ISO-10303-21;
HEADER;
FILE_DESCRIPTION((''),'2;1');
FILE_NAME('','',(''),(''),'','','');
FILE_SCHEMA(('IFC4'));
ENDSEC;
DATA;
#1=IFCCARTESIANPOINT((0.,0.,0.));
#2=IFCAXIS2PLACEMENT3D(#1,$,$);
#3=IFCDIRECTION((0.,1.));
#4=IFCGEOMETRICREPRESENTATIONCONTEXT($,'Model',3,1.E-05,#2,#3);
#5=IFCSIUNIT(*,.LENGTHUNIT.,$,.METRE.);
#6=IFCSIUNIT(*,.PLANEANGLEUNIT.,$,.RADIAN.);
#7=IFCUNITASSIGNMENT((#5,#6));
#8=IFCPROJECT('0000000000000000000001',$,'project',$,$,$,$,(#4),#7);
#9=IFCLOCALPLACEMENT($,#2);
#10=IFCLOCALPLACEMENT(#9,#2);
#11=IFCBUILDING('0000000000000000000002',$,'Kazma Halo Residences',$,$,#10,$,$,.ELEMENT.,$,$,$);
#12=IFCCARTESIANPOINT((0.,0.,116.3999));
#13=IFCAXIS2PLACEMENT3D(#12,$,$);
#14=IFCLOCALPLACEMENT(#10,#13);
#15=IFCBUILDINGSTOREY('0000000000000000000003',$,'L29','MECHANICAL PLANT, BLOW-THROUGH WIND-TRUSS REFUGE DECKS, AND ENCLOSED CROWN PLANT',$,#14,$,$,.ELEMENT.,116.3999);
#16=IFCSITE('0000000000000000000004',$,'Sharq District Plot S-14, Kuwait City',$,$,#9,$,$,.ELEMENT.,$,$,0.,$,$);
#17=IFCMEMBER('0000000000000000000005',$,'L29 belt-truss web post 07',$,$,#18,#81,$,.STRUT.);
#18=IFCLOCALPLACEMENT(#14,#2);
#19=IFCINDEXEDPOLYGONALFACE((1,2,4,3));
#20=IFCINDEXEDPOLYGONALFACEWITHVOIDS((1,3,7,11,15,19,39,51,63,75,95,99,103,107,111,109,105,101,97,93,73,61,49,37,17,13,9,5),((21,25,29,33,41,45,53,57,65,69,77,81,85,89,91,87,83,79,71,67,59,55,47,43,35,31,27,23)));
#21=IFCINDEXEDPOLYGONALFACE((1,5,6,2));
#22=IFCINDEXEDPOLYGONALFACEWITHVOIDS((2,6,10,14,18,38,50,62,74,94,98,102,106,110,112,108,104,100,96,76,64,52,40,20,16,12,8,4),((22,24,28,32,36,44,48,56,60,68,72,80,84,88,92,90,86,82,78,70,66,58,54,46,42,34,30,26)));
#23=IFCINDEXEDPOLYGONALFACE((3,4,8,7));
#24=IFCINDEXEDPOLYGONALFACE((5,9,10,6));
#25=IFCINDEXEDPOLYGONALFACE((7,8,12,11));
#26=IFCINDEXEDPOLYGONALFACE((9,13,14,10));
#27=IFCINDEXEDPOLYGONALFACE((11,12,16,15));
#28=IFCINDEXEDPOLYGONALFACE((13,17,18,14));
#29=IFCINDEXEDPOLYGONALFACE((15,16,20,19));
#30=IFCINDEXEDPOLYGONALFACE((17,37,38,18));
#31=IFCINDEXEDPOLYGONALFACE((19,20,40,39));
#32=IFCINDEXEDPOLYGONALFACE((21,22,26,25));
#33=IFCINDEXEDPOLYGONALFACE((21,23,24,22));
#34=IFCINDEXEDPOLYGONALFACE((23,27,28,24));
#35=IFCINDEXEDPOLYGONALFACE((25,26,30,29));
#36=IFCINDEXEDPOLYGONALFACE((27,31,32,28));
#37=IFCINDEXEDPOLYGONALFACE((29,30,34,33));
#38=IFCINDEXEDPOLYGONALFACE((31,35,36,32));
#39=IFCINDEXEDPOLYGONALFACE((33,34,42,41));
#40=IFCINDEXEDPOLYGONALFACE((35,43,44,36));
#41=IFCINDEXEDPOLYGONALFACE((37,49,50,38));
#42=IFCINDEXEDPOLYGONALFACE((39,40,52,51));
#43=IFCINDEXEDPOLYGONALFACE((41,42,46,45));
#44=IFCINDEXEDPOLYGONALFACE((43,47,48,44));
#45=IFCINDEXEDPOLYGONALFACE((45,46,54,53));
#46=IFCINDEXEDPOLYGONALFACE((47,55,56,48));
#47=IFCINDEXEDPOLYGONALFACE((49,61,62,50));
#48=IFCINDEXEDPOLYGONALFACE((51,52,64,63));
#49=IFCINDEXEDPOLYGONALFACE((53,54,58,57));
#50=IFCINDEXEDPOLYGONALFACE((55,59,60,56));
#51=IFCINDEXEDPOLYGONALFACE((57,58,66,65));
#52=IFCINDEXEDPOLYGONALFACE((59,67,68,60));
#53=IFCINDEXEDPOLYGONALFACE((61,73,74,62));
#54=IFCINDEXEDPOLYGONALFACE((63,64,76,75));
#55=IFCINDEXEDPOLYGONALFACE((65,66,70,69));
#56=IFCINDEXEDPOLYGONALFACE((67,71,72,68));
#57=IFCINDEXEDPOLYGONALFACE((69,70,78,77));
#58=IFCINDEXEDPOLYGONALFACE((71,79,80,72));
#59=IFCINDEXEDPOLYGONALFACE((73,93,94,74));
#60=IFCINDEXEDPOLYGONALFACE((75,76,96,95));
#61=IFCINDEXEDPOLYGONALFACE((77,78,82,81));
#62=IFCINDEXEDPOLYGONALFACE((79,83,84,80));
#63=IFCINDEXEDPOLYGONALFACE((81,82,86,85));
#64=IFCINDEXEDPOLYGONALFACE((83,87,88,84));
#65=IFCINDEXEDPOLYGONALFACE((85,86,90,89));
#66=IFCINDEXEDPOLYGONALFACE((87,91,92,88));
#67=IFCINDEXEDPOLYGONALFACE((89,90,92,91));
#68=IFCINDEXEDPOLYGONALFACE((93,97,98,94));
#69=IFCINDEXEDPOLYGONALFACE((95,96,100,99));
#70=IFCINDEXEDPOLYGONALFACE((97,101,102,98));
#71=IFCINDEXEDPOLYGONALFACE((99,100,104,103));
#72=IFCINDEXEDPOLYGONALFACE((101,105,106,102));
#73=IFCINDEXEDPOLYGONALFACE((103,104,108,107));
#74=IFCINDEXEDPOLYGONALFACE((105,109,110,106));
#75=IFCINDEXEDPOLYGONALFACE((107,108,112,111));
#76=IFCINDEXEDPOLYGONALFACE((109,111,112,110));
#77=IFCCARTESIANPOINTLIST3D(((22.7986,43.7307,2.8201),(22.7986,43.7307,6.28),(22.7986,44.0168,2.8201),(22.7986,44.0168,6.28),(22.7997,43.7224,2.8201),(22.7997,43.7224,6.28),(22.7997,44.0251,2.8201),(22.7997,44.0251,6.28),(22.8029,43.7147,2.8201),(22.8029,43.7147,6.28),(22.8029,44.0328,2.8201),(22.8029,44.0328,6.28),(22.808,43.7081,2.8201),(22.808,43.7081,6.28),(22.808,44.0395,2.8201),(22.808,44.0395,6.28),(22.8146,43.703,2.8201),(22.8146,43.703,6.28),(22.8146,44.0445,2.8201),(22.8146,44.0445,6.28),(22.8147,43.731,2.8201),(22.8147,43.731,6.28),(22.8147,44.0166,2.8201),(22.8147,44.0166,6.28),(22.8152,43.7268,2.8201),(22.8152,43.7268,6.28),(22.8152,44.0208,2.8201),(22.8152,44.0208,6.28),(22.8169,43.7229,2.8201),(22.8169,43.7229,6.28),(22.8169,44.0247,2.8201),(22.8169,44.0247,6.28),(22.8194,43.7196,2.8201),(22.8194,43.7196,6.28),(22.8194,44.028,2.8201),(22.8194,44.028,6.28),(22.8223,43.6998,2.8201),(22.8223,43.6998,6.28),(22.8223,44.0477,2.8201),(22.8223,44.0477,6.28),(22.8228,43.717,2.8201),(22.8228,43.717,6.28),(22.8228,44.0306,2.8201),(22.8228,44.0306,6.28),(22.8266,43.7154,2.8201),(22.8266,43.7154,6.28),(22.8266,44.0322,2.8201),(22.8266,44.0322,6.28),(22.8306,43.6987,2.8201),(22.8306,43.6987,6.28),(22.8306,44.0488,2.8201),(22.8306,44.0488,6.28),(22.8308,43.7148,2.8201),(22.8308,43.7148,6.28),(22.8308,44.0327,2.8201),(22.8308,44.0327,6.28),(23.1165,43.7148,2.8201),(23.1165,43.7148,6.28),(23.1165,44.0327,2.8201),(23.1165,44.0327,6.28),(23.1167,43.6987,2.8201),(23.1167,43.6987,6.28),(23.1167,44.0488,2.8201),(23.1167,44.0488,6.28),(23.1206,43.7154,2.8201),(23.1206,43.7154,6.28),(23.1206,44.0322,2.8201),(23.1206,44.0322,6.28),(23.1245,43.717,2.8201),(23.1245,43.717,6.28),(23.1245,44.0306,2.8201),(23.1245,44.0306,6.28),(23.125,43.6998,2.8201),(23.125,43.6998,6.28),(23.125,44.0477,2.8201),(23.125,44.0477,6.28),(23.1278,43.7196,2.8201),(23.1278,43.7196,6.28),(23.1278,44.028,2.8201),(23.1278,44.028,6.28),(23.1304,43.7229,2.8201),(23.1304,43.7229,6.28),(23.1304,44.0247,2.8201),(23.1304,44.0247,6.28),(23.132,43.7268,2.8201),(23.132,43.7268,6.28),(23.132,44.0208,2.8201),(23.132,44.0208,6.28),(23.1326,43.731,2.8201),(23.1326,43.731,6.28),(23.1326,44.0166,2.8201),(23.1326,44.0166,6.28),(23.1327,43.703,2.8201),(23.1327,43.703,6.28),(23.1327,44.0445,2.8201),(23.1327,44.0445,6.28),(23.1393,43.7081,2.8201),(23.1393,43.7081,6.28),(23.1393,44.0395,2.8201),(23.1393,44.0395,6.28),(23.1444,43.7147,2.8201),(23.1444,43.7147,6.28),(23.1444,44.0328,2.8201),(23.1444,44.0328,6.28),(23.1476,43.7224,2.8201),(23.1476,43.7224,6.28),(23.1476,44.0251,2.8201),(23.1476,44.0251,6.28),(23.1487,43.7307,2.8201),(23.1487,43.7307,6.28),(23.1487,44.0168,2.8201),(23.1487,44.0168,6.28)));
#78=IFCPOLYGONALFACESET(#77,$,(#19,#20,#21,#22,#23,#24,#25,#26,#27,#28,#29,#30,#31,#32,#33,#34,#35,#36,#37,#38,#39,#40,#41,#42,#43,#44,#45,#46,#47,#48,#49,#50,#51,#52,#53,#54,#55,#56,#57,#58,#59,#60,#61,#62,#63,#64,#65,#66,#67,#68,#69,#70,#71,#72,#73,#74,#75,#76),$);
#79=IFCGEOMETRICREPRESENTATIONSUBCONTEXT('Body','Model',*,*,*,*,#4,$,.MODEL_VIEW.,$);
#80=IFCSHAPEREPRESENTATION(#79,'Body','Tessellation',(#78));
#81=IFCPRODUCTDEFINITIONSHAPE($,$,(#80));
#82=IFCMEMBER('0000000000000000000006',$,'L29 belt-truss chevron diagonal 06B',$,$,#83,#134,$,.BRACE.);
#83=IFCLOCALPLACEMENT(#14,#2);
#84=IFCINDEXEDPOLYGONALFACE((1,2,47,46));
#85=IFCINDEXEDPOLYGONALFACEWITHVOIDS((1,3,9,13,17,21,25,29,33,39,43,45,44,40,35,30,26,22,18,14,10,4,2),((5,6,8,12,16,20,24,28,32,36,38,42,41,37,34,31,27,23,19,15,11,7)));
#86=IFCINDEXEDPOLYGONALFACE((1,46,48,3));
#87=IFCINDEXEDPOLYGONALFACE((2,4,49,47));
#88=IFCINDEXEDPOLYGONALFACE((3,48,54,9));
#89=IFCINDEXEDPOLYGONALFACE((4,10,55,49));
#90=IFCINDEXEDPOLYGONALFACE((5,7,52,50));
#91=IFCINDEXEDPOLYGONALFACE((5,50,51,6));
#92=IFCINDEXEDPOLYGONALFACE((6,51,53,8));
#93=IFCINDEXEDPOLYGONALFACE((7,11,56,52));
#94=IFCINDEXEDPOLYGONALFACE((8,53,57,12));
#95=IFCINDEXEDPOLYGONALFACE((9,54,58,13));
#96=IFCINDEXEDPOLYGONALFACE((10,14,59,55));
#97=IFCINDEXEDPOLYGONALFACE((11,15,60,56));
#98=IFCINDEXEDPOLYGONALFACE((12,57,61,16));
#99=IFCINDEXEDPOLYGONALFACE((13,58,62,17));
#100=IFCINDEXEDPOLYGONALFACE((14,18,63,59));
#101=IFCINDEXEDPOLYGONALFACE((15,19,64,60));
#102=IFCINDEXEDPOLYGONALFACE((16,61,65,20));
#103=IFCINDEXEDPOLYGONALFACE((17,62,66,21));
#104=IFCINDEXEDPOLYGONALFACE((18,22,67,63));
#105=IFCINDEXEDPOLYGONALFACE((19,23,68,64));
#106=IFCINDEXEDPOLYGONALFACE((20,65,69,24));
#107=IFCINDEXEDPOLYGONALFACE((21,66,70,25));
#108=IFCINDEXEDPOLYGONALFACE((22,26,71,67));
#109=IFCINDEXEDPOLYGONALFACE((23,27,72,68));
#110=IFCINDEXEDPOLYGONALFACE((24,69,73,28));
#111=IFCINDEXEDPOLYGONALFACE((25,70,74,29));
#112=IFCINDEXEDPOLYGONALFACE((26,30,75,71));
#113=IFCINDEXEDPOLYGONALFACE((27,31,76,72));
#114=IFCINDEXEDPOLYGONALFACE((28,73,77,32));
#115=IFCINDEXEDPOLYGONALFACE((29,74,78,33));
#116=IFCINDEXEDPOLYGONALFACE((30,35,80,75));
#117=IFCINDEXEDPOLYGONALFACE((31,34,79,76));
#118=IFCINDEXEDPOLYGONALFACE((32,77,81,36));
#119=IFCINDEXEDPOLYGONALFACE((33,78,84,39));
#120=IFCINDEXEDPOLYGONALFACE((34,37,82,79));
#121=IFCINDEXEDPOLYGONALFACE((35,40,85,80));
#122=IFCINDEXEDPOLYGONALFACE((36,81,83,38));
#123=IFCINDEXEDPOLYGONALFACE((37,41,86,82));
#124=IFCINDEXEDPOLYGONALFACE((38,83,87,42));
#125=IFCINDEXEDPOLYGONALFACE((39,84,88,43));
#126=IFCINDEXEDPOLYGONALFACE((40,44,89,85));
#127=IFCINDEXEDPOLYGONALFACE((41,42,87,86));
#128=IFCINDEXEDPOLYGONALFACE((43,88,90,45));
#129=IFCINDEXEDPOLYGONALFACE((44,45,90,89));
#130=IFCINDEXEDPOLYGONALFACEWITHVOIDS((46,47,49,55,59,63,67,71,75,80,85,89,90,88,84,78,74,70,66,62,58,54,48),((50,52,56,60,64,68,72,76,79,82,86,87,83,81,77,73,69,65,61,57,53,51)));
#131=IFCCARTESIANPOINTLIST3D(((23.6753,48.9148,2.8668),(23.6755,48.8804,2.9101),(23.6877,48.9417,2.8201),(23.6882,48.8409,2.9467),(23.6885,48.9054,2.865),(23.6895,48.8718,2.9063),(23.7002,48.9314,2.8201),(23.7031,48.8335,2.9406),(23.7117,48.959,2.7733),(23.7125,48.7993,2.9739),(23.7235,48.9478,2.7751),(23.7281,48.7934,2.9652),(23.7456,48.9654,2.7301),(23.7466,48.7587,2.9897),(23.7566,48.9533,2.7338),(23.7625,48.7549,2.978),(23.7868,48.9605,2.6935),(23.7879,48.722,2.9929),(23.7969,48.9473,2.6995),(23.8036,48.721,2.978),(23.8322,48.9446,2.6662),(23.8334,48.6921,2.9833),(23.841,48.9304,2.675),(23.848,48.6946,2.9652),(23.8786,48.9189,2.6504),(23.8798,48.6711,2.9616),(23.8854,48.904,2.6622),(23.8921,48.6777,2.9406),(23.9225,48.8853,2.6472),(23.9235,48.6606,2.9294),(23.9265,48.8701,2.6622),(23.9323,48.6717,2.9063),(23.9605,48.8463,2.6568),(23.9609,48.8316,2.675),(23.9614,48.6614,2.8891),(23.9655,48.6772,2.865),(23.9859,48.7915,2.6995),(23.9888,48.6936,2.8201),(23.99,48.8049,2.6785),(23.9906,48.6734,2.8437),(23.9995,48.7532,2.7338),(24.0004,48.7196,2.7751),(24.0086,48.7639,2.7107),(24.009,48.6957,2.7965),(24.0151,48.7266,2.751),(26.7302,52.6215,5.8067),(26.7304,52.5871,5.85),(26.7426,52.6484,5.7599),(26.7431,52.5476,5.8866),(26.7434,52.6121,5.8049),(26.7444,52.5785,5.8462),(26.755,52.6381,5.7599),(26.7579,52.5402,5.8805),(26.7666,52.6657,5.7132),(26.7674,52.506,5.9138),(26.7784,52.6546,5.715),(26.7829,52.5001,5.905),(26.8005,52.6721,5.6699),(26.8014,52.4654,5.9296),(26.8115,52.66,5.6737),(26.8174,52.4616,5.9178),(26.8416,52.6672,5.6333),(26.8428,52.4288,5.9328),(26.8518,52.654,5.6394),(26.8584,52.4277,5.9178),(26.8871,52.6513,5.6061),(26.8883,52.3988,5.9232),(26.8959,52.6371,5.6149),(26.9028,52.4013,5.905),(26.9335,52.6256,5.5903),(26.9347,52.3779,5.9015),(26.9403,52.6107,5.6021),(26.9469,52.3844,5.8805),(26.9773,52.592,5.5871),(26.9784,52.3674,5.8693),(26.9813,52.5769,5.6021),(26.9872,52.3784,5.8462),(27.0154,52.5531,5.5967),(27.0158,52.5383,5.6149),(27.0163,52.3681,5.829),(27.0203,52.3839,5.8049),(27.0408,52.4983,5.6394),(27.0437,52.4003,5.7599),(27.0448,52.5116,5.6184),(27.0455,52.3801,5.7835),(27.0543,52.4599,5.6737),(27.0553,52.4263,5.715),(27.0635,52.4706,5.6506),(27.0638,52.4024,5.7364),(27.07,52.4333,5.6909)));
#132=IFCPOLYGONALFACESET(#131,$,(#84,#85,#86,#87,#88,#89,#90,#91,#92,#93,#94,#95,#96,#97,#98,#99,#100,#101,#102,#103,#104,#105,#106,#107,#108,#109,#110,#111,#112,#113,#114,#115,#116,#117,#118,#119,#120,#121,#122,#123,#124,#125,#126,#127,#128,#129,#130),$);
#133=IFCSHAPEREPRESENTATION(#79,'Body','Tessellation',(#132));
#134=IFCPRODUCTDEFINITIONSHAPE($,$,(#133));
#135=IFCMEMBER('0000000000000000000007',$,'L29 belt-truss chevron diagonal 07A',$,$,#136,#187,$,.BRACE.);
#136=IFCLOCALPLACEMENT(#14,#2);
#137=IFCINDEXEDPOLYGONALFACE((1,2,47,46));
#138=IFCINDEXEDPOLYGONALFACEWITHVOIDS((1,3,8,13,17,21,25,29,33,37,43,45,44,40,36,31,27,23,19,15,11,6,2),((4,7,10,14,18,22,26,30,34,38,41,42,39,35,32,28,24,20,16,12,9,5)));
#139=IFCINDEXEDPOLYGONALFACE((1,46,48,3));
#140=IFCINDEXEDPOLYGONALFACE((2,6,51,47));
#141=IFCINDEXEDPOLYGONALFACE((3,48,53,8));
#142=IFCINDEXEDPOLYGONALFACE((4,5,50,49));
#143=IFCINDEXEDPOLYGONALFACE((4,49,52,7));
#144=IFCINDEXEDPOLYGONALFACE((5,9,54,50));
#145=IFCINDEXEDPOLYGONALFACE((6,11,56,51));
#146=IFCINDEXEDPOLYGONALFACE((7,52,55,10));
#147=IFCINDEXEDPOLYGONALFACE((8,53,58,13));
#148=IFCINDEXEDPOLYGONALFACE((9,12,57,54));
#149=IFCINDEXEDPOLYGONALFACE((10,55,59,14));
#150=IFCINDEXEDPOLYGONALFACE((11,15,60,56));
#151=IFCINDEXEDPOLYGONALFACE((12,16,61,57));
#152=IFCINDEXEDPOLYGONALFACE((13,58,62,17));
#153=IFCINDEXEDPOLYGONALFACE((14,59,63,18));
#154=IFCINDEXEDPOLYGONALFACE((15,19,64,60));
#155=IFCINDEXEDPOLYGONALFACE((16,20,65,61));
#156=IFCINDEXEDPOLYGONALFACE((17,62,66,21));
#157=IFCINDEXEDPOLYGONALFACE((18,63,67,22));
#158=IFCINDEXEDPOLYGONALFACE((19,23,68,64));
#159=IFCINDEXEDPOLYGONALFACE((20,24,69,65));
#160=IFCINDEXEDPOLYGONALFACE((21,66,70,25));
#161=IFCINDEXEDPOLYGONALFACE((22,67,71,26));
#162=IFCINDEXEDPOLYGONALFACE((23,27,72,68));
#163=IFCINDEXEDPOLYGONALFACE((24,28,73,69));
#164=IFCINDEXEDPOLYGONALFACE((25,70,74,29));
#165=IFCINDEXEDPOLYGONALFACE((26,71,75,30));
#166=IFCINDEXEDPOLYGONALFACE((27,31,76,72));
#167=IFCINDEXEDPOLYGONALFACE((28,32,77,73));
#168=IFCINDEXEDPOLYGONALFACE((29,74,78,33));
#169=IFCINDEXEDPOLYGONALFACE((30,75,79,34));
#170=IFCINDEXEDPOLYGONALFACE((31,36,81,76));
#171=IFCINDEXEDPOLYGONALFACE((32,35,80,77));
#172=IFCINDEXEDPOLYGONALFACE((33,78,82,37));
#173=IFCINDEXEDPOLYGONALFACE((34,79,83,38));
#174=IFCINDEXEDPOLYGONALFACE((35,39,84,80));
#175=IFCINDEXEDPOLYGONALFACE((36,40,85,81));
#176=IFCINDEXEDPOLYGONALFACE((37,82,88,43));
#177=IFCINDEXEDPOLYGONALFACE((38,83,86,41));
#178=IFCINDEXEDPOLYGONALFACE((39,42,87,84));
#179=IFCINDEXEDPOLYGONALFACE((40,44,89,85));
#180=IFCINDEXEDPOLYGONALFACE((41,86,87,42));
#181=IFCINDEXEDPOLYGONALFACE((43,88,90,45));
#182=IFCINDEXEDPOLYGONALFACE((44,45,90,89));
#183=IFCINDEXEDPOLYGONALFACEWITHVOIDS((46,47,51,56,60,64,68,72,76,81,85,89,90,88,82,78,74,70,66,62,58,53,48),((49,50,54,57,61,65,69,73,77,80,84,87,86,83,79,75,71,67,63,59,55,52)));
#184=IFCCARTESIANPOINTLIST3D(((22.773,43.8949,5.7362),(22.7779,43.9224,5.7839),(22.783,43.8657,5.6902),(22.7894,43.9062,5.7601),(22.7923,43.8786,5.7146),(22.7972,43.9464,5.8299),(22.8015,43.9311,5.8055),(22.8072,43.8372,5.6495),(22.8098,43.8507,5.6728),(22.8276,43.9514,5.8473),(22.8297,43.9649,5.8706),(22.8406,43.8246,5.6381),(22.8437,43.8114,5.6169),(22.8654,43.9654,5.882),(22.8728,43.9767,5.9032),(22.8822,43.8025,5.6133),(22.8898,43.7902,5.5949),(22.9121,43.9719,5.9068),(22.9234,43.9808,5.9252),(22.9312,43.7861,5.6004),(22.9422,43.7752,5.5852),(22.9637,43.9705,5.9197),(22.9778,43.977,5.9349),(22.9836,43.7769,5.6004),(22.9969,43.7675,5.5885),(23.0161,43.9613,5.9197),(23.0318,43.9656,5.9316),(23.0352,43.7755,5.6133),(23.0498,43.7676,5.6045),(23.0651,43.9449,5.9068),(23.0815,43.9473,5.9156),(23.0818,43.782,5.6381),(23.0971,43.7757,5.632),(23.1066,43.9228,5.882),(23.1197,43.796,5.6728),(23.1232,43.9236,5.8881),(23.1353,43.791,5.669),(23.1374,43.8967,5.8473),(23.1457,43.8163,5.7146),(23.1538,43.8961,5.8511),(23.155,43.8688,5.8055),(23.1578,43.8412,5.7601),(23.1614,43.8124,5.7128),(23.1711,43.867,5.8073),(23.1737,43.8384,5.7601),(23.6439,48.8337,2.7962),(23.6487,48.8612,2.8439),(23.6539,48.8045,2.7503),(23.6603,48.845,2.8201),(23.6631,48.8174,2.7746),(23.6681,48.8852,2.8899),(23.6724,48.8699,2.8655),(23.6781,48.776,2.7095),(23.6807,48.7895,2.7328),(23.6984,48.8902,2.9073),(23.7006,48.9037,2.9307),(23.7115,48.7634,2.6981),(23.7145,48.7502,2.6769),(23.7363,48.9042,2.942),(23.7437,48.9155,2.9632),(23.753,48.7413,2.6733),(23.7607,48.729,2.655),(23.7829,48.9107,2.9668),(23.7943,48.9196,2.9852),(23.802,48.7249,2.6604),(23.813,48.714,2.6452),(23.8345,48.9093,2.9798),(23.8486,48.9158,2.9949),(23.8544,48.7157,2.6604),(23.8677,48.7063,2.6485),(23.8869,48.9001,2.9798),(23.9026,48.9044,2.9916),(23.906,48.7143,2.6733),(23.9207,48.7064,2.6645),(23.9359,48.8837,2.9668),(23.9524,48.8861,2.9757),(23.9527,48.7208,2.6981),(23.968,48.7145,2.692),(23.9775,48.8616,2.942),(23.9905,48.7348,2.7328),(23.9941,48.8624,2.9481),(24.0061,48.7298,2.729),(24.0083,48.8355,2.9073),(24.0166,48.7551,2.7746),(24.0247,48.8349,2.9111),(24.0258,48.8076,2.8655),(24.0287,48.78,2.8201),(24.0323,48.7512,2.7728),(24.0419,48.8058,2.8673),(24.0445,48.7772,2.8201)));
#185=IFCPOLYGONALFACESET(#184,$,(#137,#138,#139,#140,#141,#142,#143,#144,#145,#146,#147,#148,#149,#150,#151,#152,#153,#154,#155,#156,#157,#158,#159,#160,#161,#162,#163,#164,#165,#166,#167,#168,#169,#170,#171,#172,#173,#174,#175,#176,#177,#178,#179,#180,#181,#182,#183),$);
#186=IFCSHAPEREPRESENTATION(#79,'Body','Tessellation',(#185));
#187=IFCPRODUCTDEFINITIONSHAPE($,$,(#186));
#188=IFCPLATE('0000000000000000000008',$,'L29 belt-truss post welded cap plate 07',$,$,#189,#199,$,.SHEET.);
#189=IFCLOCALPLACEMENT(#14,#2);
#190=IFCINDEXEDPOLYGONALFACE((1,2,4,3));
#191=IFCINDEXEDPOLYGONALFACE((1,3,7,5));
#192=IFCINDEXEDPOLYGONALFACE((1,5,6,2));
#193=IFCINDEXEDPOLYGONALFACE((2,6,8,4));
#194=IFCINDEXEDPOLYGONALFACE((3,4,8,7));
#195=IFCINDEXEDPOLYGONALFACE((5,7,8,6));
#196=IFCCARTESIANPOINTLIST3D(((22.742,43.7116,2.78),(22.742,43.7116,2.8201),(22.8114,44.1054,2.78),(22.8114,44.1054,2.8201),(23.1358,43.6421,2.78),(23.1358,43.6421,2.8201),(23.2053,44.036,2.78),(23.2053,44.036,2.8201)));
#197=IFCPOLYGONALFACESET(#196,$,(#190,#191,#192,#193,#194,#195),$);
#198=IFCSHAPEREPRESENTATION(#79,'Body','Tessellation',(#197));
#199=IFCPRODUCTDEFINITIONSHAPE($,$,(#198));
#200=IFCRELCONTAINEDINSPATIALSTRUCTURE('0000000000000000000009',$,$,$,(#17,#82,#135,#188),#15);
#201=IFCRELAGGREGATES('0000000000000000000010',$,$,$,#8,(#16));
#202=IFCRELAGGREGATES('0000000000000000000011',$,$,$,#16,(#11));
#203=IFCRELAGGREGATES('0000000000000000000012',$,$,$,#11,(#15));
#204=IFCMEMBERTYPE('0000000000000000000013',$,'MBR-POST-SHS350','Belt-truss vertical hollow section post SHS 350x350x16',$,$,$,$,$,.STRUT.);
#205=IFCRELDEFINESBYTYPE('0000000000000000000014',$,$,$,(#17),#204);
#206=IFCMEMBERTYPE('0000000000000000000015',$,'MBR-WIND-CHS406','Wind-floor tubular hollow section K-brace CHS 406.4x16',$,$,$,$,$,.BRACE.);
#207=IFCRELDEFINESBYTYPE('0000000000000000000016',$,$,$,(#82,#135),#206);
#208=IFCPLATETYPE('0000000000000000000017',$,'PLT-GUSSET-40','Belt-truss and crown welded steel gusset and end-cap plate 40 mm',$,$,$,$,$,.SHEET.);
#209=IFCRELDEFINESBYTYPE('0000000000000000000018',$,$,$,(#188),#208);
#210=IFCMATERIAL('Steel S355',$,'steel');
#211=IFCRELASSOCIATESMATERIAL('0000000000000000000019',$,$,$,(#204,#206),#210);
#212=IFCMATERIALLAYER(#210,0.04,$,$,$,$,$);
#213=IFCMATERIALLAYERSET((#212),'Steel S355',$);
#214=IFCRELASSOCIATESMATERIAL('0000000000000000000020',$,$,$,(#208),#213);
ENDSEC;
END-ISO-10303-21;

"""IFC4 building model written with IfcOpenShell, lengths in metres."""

from ifc_helpers import new_model, si_unit, direction, frame, origin, origin_2d, place, context, subcontext, project, spatial, rectangle, hollow_rectangle, hollow_circle, extrude, material, layer, layer_set, material_profile, profile_set, type_object, element, save


model = new_model("IFC4")

# Units and contexts
model_context = context("Model", 3, precision=1e-05, world=origin(), true_north=direction((0.0, 1.0)))
body_context = subcontext(model_context, "Body", "Model", "MODEL_VIEW")
ifc_project = project(units=[si_unit("LENGTHUNIT", "METRE"), si_unit("PLANEANGLEUNIT", "RADIAN")], contexts=[model_context])

# Site, building, storey
site_placement = place(None, origin())
site = spatial("IfcSite", under=ifc_project, at=site_placement, Name="Sharq District Plot S-14, Kuwait City", CompositionType="ELEMENT", RefElevation=0.0)
building_placement = place(site_placement, origin())
building = spatial("IfcBuilding", under=site, at=building_placement, Name="Kazma Halo Residences", CompositionType="ELEMENT")
storey_placement = place(building_placement, frame((0.0, 0.0, 116.3999)))
storey = spatial("IfcBuildingStorey", under=building, at=storey_placement, Name="L29", Description="MECHANICAL PLANT, BLOW-THROUGH WIND-TRUSS REFUGE DECKS, AND ENCLOSED CROWN PLANT", CompositionType="ELEMENT", Elevation=116.3999)

# Shared definitions
ifc_material_1 = material(Name="Steel S355", Category="steel")

# Members
ifc_material_profile_1 = material_profile(ifc_material_1, hollow_rectangle(XDim=0.3501, YDim=0.3501, WallThickness=0.0161, InnerFilletRadius=0.0161, OuterFilletRadius=0.032, at=origin_2d()), Name="SHS350x350x16")
ifc_profile_set_1 = profile_set([ifc_material_profile_1], Name="Steel S355")
member_type_1 = type_object("IfcMemberType", Name="MBR-POST-SHS350", Description="Belt-truss vertical hollow section post SHS 350x350x16", PredefinedType="STRUT", material=ifc_profile_set_1)
member_1_placement = place(storey_placement, frame((22.9736, 43.8738, 2.8201), z_axis=(0.0, 0.0, 1.0), x_axis=(1.0, 0.0, 0.0)))
element("IfcMember", 1, at=member_1_placement, inside=storey, type_object=member_type_1, Name="L29 belt-truss web post 07", PredefinedType="STRUT", context=body_context, shape_type="SweptSolid", body=[
    extrude(hollow_rectangle(XDim=0.3501, YDim=0.3501, WallThickness=0.0161, InnerFilletRadius=0.0161, OuterFilletRadius=0.032, at=origin_2d()), origin(), (0.0, 0.0, 1.0), 3.46),
])
ifc_material_profile_2 = material_profile(ifc_material_1, hollow_circle(Radius=0.2031, WallThickness=0.0161, at=origin_2d()), Name="CHS406.4x16")
ifc_profile_set_2 = profile_set([ifc_material_profile_2], Name="Steel S355")
member_type_2 = type_object("IfcMemberType", Name="MBR-WIND-CHS406", Description="Wind-floor tubular hollow section K-brace CHS 406.4x16", PredefinedType="BRACE", material=ifc_profile_set_2)
member_2_placement = place(storey_placement, frame((23.8445, 48.8125, 2.8201), z_axis=(0.542452, 0.658199, 0.522034), x_axis=(-0.771697, 0.63599, 0.0)))
element("IfcMember", 2, at=member_2_placement, inside=storey, type_object=member_type_2, Name="L29 belt-truss chevron diagonal 06B", PredefinedType="BRACE", context=body_context, shape_type="SweptSolid", body=[
    extrude(hollow_circle(Radius=0.2031, WallThickness=0.0161, at=origin_2d()), origin(), (0.0, 0.0, 1.0), 5.6316),
])
member_3_placement = place(storey_placement, frame((23.8445, 48.8125, 2.8201), z_axis=(-0.149807, -0.849579, 0.505741), x_axis=(0.984807, -0.173652, 0.0)))
element("IfcMember", 3, at=member_3_placement, inside=storey, type_object=member_type_2, Name="L29 belt-truss chevron diagonal 07A", PredefinedType="BRACE", context=body_context, shape_type="SweptSolid", body=[
    extrude(hollow_circle(Radius=0.2031, WallThickness=0.0161, at=origin_2d()), origin(), (0.0, 0.0, 1.0), 5.8132),
])

# Plate
ifc_layer_1 = layer(ifc_material_1, 0.04)
ifc_layer_set_1 = layer_set([ifc_layer_1], Name="Steel S355")
plate_type = type_object("IfcPlateType", Name="PLT-GUSSET-40", Description="Belt-truss and crown welded steel gusset and end-cap plate 40 mm", PredefinedType="SHEET", material=ifc_layer_set_1)
plate_1_placement = place(storey_placement, frame((22.9736, 43.8738, 2.78), z_axis=(0.0, 0.0, 1.0), x_axis=(-0.173659, -0.984806, 0.0)))
element("IfcPlate", 4, at=plate_1_placement, inside=storey, type_object=plate_type, Name="L29 belt-truss post welded cap plate 07", PredefinedType="SHEET", context=body_context, shape_type="SweptSolid", body=[
    extrude(rectangle(XDim=0.3999, YDim=0.3999, at=origin_2d()), origin(), (0.0, 0.0, 1.0), 0.04),
])

save(model, "model.ifc")
